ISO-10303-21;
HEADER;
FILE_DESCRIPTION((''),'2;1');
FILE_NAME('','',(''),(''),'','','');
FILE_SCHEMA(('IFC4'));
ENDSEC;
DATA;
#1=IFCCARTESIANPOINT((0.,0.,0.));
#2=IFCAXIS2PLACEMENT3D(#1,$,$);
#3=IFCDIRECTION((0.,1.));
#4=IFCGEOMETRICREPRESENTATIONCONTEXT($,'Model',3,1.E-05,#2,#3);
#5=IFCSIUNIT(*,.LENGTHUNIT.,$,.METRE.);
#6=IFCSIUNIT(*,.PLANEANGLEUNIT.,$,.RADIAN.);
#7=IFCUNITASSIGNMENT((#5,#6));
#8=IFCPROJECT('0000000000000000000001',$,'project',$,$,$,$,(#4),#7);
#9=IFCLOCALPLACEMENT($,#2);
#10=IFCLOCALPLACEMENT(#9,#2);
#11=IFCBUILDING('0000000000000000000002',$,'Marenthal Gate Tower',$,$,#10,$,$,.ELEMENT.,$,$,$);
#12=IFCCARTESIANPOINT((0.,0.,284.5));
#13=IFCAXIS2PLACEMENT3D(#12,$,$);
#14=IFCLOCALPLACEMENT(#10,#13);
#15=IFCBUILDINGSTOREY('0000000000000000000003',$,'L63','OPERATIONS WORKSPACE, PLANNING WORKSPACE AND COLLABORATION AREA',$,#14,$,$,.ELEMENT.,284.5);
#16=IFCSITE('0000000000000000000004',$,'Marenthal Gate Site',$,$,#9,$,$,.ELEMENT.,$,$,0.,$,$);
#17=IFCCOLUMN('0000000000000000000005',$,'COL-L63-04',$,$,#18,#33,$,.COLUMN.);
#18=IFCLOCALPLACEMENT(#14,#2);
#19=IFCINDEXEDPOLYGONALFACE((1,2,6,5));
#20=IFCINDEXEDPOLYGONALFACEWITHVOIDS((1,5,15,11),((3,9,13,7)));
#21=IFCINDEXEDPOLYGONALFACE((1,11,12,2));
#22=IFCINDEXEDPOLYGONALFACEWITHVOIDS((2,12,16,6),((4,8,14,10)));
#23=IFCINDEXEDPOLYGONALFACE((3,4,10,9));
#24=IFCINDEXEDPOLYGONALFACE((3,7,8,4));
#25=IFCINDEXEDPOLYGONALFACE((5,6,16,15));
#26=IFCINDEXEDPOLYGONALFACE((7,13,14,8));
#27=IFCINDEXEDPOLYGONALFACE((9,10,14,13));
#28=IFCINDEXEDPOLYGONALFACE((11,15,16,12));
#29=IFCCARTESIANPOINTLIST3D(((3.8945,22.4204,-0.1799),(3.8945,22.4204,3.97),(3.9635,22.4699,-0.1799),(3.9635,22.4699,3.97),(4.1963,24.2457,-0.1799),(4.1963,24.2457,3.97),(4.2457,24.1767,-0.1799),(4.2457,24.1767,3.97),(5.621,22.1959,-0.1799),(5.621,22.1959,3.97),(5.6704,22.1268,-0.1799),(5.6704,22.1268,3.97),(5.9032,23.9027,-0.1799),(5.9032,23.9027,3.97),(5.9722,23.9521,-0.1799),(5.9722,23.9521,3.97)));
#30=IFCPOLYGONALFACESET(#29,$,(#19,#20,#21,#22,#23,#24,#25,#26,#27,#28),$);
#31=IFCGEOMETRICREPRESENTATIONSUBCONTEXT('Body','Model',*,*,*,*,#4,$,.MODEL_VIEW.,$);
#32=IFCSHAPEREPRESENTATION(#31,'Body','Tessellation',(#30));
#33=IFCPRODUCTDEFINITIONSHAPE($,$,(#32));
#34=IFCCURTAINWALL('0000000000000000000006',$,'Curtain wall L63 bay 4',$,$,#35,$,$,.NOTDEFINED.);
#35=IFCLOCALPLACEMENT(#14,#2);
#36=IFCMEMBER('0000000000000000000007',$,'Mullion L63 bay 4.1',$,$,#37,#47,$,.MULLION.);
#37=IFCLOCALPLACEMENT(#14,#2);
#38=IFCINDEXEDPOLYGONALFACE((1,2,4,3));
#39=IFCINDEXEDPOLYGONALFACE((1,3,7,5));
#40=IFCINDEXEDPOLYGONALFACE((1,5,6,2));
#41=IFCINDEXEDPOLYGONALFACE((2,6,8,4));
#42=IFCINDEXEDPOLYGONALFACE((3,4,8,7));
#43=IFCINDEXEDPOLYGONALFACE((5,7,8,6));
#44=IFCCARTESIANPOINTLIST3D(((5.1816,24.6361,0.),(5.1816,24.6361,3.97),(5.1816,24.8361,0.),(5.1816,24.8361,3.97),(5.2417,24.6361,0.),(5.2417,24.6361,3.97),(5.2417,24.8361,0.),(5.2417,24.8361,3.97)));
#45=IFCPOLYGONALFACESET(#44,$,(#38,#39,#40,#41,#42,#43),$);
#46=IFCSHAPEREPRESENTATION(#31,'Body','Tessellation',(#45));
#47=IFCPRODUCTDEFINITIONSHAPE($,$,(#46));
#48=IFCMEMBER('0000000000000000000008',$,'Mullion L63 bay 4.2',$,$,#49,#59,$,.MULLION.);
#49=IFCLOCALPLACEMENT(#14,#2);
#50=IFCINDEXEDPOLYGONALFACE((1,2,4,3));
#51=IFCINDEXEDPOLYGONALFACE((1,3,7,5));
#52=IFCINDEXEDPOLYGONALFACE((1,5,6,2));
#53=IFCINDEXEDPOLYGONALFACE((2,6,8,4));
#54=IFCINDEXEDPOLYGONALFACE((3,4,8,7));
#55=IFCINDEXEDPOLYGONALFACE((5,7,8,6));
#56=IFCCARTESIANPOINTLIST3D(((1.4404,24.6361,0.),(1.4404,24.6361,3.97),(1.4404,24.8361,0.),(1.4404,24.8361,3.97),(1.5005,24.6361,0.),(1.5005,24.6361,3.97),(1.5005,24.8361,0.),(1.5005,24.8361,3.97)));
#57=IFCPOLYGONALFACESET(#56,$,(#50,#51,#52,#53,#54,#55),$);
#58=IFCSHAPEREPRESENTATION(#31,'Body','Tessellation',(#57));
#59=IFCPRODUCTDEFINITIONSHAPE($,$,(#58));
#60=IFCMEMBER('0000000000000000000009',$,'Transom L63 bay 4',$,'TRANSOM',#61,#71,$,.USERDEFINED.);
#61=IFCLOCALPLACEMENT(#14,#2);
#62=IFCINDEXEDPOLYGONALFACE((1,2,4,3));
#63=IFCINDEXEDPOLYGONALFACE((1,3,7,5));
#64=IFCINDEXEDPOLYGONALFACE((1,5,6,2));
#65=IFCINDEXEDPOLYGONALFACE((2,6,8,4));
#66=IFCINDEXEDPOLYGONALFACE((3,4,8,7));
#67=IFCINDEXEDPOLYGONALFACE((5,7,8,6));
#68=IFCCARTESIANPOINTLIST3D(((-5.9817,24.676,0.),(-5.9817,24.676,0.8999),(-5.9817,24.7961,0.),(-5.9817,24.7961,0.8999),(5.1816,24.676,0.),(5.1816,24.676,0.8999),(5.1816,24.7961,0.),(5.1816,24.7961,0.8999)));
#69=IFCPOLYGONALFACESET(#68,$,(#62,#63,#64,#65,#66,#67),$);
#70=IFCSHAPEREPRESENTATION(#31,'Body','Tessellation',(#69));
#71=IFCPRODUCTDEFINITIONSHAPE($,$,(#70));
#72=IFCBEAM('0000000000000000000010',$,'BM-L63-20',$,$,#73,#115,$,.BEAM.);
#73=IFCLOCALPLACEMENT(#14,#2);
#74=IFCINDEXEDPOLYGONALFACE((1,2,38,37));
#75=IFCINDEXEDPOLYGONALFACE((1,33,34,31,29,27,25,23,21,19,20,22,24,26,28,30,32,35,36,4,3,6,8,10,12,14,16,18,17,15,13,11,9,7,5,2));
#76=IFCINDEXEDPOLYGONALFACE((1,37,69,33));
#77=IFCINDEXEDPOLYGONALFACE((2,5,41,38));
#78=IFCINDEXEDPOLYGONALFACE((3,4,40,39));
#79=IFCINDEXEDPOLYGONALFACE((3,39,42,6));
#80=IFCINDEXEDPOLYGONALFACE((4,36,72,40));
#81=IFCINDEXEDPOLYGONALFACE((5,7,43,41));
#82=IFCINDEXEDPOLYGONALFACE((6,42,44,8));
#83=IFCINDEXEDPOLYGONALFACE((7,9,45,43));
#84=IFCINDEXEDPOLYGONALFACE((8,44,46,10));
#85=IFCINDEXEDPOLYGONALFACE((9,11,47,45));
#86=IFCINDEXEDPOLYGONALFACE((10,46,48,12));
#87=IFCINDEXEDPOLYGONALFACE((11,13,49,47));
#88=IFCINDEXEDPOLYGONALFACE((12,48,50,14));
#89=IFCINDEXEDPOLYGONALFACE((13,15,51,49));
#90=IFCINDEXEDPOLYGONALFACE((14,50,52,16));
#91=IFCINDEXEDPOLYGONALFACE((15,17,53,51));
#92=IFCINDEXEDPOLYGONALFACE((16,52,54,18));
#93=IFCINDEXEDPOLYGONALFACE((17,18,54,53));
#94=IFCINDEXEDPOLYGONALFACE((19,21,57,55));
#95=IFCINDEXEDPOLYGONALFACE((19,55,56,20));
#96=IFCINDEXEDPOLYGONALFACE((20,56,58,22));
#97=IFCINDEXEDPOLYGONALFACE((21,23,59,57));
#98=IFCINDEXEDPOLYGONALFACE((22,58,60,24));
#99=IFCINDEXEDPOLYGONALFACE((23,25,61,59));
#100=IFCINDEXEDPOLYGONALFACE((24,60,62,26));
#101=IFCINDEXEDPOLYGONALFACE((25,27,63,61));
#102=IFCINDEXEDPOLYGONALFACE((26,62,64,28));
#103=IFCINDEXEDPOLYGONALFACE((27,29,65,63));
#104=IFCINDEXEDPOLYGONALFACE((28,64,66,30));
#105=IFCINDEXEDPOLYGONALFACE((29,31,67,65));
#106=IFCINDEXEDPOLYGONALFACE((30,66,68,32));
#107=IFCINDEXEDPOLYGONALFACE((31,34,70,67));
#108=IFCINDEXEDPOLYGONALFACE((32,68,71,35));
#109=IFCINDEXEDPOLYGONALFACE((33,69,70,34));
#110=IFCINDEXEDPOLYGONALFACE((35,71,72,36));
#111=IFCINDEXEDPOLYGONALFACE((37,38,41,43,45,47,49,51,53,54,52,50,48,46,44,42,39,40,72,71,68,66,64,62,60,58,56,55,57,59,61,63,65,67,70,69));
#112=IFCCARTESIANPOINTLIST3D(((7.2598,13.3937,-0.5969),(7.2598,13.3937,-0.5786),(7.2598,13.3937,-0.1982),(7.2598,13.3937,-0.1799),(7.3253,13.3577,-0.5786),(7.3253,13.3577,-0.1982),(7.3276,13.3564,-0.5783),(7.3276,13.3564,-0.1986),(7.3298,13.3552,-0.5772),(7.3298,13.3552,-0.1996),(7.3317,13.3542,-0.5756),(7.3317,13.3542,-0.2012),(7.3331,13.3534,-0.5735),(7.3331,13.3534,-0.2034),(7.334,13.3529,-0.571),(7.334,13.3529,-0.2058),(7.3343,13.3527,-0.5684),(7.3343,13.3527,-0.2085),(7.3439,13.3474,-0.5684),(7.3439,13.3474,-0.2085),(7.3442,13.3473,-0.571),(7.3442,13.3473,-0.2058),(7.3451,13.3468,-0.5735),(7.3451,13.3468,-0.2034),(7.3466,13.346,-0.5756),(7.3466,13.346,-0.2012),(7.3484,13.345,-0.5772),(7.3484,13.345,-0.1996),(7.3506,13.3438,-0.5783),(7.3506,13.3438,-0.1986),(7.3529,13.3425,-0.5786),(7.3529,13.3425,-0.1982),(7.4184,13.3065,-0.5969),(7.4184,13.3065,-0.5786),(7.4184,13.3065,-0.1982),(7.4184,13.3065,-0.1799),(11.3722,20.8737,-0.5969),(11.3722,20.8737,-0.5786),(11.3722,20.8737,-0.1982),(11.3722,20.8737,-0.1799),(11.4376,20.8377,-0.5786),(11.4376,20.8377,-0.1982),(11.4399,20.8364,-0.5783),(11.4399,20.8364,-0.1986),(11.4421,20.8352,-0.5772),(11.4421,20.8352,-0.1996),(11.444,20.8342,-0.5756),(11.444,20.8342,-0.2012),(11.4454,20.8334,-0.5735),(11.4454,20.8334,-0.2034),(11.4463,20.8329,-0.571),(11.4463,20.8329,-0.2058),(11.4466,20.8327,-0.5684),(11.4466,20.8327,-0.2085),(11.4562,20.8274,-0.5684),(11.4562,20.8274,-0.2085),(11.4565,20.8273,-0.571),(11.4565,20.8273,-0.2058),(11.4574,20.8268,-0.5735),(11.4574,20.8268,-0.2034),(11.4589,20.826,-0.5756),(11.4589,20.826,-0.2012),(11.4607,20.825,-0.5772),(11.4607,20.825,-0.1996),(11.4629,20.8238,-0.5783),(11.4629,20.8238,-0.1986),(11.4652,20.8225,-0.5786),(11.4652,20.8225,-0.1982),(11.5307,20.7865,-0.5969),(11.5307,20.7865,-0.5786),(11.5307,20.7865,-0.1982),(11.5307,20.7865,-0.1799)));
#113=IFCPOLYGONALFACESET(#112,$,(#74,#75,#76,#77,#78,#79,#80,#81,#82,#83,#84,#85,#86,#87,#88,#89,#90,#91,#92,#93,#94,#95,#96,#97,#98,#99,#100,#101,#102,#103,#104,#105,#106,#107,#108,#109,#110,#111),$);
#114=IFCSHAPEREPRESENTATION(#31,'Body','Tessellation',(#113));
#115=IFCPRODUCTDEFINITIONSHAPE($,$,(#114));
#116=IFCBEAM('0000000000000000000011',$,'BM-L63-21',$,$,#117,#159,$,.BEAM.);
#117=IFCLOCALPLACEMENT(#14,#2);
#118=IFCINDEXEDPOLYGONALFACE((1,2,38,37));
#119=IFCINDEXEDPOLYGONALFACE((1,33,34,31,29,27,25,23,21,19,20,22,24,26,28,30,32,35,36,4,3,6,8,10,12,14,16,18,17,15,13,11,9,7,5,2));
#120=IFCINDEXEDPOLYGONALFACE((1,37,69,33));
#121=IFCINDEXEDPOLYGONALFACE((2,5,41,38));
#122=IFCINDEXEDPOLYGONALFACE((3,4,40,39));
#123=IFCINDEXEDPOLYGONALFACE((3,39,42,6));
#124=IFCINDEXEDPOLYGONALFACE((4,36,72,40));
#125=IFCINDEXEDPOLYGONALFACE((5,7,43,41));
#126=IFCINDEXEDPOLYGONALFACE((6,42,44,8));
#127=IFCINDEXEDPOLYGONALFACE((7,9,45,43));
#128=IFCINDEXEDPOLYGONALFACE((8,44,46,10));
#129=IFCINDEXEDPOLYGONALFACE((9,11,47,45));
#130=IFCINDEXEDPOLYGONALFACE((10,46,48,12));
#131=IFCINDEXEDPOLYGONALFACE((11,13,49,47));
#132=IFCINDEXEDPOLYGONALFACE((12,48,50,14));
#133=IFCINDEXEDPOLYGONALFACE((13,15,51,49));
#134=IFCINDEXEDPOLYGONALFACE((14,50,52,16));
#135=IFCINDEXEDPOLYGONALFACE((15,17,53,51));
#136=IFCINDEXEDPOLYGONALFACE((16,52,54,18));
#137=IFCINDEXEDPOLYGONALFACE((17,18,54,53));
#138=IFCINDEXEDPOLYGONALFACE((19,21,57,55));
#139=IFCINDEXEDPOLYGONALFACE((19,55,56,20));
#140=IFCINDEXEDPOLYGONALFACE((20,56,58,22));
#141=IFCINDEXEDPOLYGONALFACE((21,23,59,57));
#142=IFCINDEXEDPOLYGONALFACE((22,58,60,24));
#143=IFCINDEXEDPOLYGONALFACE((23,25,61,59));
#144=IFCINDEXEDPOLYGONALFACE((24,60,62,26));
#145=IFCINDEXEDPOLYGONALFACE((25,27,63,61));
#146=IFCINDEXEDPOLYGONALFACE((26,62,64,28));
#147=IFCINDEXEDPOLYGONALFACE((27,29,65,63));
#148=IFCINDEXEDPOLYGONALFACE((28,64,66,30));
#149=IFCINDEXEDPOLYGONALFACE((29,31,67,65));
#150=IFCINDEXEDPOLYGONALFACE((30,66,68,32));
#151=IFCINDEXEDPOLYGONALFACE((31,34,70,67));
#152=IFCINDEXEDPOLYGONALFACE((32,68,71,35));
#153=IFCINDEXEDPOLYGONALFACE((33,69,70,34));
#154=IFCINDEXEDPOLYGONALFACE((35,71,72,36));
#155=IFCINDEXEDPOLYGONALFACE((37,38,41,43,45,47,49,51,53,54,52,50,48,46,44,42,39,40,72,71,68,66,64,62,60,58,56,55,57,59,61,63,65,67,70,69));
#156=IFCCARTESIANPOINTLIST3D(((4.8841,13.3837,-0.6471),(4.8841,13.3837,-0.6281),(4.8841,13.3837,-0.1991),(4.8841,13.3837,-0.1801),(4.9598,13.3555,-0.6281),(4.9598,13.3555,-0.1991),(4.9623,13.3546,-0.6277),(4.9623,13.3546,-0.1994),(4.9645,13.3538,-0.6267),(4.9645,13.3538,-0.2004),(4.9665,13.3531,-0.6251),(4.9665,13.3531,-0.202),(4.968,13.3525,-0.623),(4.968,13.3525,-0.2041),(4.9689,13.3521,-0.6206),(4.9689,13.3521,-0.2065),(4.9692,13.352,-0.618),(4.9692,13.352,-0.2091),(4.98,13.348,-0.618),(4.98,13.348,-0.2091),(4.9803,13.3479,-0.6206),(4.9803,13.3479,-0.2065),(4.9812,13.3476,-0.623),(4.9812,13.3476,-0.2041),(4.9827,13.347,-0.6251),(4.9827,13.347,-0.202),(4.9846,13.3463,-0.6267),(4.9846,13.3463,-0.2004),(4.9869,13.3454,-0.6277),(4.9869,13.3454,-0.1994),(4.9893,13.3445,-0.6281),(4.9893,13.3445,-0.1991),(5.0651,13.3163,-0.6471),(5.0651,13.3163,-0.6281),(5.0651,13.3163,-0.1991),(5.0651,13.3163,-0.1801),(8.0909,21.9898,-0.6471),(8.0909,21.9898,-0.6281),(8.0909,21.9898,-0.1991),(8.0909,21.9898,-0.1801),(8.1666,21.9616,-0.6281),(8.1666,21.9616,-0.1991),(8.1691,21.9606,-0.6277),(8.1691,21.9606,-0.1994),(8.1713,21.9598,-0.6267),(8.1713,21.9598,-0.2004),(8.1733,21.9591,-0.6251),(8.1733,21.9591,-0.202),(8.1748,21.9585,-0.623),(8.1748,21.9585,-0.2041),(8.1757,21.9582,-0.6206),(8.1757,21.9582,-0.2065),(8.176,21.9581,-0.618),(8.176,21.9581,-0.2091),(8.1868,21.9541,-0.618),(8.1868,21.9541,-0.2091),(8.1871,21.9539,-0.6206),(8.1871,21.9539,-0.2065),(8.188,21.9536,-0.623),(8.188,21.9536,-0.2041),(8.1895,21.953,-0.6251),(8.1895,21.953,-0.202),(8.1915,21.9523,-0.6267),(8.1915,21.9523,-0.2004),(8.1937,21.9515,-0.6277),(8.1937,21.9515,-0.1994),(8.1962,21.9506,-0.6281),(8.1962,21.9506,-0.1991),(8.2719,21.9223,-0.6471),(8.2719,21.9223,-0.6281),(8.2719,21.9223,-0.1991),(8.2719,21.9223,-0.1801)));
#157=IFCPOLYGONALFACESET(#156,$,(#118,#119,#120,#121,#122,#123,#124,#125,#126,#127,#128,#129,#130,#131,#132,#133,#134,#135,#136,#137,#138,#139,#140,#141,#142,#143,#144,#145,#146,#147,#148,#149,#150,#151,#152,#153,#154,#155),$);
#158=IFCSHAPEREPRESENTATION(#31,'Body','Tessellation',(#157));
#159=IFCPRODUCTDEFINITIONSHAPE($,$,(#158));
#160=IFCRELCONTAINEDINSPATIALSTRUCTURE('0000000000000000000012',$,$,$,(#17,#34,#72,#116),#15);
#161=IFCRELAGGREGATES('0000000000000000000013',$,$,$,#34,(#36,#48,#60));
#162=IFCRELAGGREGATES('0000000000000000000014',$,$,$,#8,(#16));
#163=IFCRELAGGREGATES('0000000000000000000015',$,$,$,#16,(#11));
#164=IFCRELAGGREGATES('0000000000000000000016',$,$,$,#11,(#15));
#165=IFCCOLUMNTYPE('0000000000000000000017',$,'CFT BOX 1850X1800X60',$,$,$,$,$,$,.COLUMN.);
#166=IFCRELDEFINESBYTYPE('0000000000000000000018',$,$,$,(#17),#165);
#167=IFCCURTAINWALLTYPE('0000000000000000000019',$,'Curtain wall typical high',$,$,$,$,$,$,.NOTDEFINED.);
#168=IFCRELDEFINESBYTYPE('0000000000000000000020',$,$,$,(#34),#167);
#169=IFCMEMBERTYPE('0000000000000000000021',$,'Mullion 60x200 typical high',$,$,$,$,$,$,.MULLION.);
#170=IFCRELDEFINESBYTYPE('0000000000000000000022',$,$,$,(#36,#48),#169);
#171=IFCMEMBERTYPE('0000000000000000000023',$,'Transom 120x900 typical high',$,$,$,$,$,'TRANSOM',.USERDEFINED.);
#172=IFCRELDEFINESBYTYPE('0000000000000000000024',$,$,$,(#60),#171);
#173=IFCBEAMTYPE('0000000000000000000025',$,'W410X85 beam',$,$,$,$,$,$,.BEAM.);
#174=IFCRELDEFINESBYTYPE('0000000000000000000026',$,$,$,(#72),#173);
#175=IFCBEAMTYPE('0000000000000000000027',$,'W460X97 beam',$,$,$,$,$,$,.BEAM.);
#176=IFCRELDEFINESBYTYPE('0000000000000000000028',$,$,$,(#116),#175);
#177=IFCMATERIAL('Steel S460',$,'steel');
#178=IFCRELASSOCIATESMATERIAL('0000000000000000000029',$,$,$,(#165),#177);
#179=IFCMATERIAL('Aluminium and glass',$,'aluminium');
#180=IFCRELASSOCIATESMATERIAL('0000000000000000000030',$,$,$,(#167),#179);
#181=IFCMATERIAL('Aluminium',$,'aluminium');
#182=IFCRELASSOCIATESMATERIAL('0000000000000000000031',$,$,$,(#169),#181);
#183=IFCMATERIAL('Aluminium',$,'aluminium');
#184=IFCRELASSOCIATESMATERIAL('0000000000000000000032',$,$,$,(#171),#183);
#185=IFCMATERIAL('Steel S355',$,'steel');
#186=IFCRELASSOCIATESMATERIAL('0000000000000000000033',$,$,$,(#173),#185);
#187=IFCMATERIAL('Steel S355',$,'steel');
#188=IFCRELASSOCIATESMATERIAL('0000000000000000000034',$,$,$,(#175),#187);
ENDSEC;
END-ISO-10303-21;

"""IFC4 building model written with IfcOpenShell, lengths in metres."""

from ifc_helpers import new_model, si_unit, direction, frame, origin, origin_2d, place, context, subcontext, project, spatial, rectangle, hollow_rectangle, i_section, extrude, material, material_profile, profile_set, type_object, element, aggregate, save


model = new_model("IFC4")

# Units and contexts
model_context = context("Model", 3, precision=1e-05, world=origin(), true_north=direction((0.0, 1.0)))
body_context = subcontext(model_context, "Body", "Model", "MODEL_VIEW")
ifc_project = project(units=[si_unit("LENGTHUNIT", "METRE"), si_unit("PLANEANGLEUNIT", "RADIAN")], contexts=[model_context])

# Site, building, storey
site_placement = place(None, origin())
site = spatial("IfcSite", under=ifc_project, at=site_placement, Name="Marenthal Gate Site", CompositionType="ELEMENT", RefElevation=0.0)
building_placement = place(site_placement, origin())
building = spatial("IfcBuilding", under=site, at=building_placement, Name="Marenthal Gate Tower", CompositionType="ELEMENT")
storey_placement = place(building_placement, frame((0.0, 0.0, 284.5)))
storey = spatial("IfcBuildingStorey", under=building, at=storey_placement, Name="L63", Description="OPERATIONS WORKSPACE, PLANNING WORKSPACE AND COLLABORATION AREA", CompositionType="ELEMENT", Elevation=284.5)

# Column
ifc_material_1 = material(Name="Steel S460", Category="steel")
ifc_material_profile_1 = material_profile(ifc_material_1, hollow_rectangle(XDim=1.8, YDim=1.8501, WallThickness=0.0601, at=origin_2d()), Name="CFT BOX 1850X1800X60")
ifc_material_2 = material(Name="Concrete 70 MPa", Category="concrete")
ifc_material_profile_2 = material_profile(ifc_material_2, rectangle(XDim=1.6799, YDim=1.73, at=origin_2d()), Name="CFT BOX 1850X1800X60 INFILL")
ifc_profile_set_1 = profile_set([ifc_material_profile_1, ifc_material_profile_2], Name="Steel S460 shell, Concrete 70 MPa infill")
column_type = type_object("IfcColumnType", Name="CFT BOX 1850X1800X60", PredefinedType="COLUMN", material=ifc_profile_set_1)
column_placement = place(storey_placement, frame((4.9333, 23.1863, -0.1799), z_axis=(0.0, 0.0, 1.0), x_axis=(0.986606, -0.163119, 0.0)))
element("IfcColumn", 1, at=column_placement, inside=storey, type_object=column_type, Name="COL-L63-04", PredefinedType="COLUMN", context=body_context, shape_type="SweptSolid", body=[
    extrude(hollow_rectangle(XDim=1.8, YDim=1.8501, WallThickness=0.0601, at=origin_2d()), origin(), (0.0, 0.0, 1.0), 4.1499),
])

# Curtain wall, members
ifc_material_3 = material(Name="Aluminium and glass", Category="aluminium")
curtain_wall_type = type_object("IfcCurtainWallType", Name="Curtain wall typical high", PredefinedType="NOTDEFINED", material=ifc_material_3)
curtain_wall_placement = place(storey_placement, origin())
curtain_wall = element("IfcCurtainWall", 2, at=curtain_wall_placement, inside=storey, type_object=curtain_wall_type, Name="Curtain wall L63 bay 4", PredefinedType="NOTDEFINED")
ifc_material_4 = material(Name="Aluminium", Category="aluminium")
ifc_material_profile_3 = material_profile(ifc_material_4, rectangle(XDim=0.2, YDim=0.0601, at=origin_2d()), Name="60x200 aluminium mullion")
ifc_profile_set_2 = profile_set([ifc_material_profile_3], Name="Aluminium")
member_type_1 = type_object("IfcMemberType", Name="Mullion 60x200 typical high", PredefinedType="MULLION", material=ifc_profile_set_2)
member_1_placement = place(storey_placement, frame((5.2117, 24.7361, 0.0), z_axis=(0.0, 0.0, 1.0), x_axis=(0.0, -1.0, 0.0)))
member_1 = element("IfcMember", 3, at=member_1_placement, type_object=member_type_1, Name="Mullion L63 bay 4.1", PredefinedType="MULLION", context=body_context, shape_type="SweptSolid", body=[
    extrude(rectangle(XDim=0.2, YDim=0.0601, at=origin_2d()), origin(), (0.0, 0.0, 1.0), 3.97),
])
member_2_placement = place(storey_placement, frame((1.4705, 24.7361, 0.0), z_axis=(0.0, 0.0, 1.0), x_axis=(0.0, -1.0, 0.0)))
member_2 = element("IfcMember", 4, at=member_2_placement, type_object=member_type_1, Name="Mullion L63 bay 4.2", PredefinedType="MULLION", context=body_context, shape_type="SweptSolid", body=[
    extrude(rectangle(XDim=0.2, YDim=0.0601, at=origin_2d()), origin(), (0.0, 0.0, 1.0), 3.97),
])
ifc_material_5 = material(Name="Aluminium", Category="aluminium")
ifc_material_profile_4 = material_profile(ifc_material_5, rectangle(XDim=0.1201, YDim=0.8999, at=origin_2d()), Name="120x900 aluminium transom")
ifc_profile_set_3 = profile_set([ifc_material_profile_4], Name="Aluminium")
member_type_2 = type_object("IfcMemberType", Name="Transom 120x900 typical high", ElementType="TRANSOM", PredefinedType="USERDEFINED", material=ifc_profile_set_3)
member_3_placement = place(storey_placement, frame((5.1816, 24.7361, 0.45), z_axis=(-1.0, 0.0, 0.0), x_axis=(0.0, -1.0, 0.0)))
member_3 = element("IfcMember", 5, at=member_3_placement, type_object=member_type_2, Name="Transom L63 bay 4", ObjectType="TRANSOM", PredefinedType="USERDEFINED", context=body_context, shape_type="SweptSolid", body=[
    extrude(rectangle(XDim=0.1201, YDim=0.8999, at=origin_2d()), origin(), (0.0, 0.0, 1.0), 11.1633),
])

# Beams
ifc_material_6 = material(Name="Steel S355", Category="steel")
ifc_material_profile_5 = material_profile(ifc_material_6, i_section(OverallWidth=0.1809, OverallDepth=0.417, WebThickness=0.011, FlangeThickness=0.0183, FilletRadius=0.0103, at=origin_2d()), Name="W410X85")
ifc_profile_set_4 = profile_set([ifc_material_profile_5], Name="Steel S355")
beam_type_1 = type_object("IfcBeamType", Name="W410X85 beam", PredefinedType="BEAM", material=ifc_profile_set_4)
beam_1_placement = place(storey_placement, frame((11.4514, 20.8301, -0.3884), z_axis=(-0.481767, -0.876299, 0.0), x_axis=(0.876299, -0.481767, 0.0)))
element("IfcBeam", 6, at=beam_1_placement, inside=storey, type_object=beam_type_1, Name="BM-L63-20", PredefinedType="BEAM", context=body_context, shape_type="SweptSolid", body=[
    extrude(i_section(OverallWidth=0.1809, OverallDepth=0.417, WebThickness=0.011, FlangeThickness=0.0183, FilletRadius=0.0103, at=origin_2d()), origin(), (0.0, 0.0, 1.0), 8.5359),
])
ifc_material_7 = material(Name="Steel S355", Category="steel")
ifc_material_profile_6 = material_profile(ifc_material_7, i_section(OverallWidth=0.1931, OverallDepth=0.467, WebThickness=0.0115, FlangeThickness=0.019, FilletRadius=0.01, at=origin_2d()), Name="W460X97")
ifc_profile_set_5 = profile_set([ifc_material_profile_6], Name="Steel S355")
beam_type_2 = type_object("IfcBeamType", Name="W460X97 beam", PredefinedType="BEAM", material=ifc_profile_set_5)
beam_2_placement = place(storey_placement, frame((8.1814, 21.9561, -0.4136), z_axis=(-0.349171, -0.937059, 0.0), x_axis=(0.937059, -0.349171, 0.0)))
element("IfcBeam", 7, at=beam_2_placement, inside=storey, type_object=beam_type_2, Name="BM-L63-21", PredefinedType="BEAM", context=body_context, shape_type="SweptSolid", body=[
    extrude(i_section(OverallWidth=0.1931, OverallDepth=0.467, WebThickness=0.0115, FlangeThickness=0.019, FilletRadius=0.01, at=origin_2d()), origin(), (0.0, 0.0, 1.0), 9.1841),
])

aggregate(curtain_wall, [member_1, member_2, member_3])

save(model, "model.ifc")
